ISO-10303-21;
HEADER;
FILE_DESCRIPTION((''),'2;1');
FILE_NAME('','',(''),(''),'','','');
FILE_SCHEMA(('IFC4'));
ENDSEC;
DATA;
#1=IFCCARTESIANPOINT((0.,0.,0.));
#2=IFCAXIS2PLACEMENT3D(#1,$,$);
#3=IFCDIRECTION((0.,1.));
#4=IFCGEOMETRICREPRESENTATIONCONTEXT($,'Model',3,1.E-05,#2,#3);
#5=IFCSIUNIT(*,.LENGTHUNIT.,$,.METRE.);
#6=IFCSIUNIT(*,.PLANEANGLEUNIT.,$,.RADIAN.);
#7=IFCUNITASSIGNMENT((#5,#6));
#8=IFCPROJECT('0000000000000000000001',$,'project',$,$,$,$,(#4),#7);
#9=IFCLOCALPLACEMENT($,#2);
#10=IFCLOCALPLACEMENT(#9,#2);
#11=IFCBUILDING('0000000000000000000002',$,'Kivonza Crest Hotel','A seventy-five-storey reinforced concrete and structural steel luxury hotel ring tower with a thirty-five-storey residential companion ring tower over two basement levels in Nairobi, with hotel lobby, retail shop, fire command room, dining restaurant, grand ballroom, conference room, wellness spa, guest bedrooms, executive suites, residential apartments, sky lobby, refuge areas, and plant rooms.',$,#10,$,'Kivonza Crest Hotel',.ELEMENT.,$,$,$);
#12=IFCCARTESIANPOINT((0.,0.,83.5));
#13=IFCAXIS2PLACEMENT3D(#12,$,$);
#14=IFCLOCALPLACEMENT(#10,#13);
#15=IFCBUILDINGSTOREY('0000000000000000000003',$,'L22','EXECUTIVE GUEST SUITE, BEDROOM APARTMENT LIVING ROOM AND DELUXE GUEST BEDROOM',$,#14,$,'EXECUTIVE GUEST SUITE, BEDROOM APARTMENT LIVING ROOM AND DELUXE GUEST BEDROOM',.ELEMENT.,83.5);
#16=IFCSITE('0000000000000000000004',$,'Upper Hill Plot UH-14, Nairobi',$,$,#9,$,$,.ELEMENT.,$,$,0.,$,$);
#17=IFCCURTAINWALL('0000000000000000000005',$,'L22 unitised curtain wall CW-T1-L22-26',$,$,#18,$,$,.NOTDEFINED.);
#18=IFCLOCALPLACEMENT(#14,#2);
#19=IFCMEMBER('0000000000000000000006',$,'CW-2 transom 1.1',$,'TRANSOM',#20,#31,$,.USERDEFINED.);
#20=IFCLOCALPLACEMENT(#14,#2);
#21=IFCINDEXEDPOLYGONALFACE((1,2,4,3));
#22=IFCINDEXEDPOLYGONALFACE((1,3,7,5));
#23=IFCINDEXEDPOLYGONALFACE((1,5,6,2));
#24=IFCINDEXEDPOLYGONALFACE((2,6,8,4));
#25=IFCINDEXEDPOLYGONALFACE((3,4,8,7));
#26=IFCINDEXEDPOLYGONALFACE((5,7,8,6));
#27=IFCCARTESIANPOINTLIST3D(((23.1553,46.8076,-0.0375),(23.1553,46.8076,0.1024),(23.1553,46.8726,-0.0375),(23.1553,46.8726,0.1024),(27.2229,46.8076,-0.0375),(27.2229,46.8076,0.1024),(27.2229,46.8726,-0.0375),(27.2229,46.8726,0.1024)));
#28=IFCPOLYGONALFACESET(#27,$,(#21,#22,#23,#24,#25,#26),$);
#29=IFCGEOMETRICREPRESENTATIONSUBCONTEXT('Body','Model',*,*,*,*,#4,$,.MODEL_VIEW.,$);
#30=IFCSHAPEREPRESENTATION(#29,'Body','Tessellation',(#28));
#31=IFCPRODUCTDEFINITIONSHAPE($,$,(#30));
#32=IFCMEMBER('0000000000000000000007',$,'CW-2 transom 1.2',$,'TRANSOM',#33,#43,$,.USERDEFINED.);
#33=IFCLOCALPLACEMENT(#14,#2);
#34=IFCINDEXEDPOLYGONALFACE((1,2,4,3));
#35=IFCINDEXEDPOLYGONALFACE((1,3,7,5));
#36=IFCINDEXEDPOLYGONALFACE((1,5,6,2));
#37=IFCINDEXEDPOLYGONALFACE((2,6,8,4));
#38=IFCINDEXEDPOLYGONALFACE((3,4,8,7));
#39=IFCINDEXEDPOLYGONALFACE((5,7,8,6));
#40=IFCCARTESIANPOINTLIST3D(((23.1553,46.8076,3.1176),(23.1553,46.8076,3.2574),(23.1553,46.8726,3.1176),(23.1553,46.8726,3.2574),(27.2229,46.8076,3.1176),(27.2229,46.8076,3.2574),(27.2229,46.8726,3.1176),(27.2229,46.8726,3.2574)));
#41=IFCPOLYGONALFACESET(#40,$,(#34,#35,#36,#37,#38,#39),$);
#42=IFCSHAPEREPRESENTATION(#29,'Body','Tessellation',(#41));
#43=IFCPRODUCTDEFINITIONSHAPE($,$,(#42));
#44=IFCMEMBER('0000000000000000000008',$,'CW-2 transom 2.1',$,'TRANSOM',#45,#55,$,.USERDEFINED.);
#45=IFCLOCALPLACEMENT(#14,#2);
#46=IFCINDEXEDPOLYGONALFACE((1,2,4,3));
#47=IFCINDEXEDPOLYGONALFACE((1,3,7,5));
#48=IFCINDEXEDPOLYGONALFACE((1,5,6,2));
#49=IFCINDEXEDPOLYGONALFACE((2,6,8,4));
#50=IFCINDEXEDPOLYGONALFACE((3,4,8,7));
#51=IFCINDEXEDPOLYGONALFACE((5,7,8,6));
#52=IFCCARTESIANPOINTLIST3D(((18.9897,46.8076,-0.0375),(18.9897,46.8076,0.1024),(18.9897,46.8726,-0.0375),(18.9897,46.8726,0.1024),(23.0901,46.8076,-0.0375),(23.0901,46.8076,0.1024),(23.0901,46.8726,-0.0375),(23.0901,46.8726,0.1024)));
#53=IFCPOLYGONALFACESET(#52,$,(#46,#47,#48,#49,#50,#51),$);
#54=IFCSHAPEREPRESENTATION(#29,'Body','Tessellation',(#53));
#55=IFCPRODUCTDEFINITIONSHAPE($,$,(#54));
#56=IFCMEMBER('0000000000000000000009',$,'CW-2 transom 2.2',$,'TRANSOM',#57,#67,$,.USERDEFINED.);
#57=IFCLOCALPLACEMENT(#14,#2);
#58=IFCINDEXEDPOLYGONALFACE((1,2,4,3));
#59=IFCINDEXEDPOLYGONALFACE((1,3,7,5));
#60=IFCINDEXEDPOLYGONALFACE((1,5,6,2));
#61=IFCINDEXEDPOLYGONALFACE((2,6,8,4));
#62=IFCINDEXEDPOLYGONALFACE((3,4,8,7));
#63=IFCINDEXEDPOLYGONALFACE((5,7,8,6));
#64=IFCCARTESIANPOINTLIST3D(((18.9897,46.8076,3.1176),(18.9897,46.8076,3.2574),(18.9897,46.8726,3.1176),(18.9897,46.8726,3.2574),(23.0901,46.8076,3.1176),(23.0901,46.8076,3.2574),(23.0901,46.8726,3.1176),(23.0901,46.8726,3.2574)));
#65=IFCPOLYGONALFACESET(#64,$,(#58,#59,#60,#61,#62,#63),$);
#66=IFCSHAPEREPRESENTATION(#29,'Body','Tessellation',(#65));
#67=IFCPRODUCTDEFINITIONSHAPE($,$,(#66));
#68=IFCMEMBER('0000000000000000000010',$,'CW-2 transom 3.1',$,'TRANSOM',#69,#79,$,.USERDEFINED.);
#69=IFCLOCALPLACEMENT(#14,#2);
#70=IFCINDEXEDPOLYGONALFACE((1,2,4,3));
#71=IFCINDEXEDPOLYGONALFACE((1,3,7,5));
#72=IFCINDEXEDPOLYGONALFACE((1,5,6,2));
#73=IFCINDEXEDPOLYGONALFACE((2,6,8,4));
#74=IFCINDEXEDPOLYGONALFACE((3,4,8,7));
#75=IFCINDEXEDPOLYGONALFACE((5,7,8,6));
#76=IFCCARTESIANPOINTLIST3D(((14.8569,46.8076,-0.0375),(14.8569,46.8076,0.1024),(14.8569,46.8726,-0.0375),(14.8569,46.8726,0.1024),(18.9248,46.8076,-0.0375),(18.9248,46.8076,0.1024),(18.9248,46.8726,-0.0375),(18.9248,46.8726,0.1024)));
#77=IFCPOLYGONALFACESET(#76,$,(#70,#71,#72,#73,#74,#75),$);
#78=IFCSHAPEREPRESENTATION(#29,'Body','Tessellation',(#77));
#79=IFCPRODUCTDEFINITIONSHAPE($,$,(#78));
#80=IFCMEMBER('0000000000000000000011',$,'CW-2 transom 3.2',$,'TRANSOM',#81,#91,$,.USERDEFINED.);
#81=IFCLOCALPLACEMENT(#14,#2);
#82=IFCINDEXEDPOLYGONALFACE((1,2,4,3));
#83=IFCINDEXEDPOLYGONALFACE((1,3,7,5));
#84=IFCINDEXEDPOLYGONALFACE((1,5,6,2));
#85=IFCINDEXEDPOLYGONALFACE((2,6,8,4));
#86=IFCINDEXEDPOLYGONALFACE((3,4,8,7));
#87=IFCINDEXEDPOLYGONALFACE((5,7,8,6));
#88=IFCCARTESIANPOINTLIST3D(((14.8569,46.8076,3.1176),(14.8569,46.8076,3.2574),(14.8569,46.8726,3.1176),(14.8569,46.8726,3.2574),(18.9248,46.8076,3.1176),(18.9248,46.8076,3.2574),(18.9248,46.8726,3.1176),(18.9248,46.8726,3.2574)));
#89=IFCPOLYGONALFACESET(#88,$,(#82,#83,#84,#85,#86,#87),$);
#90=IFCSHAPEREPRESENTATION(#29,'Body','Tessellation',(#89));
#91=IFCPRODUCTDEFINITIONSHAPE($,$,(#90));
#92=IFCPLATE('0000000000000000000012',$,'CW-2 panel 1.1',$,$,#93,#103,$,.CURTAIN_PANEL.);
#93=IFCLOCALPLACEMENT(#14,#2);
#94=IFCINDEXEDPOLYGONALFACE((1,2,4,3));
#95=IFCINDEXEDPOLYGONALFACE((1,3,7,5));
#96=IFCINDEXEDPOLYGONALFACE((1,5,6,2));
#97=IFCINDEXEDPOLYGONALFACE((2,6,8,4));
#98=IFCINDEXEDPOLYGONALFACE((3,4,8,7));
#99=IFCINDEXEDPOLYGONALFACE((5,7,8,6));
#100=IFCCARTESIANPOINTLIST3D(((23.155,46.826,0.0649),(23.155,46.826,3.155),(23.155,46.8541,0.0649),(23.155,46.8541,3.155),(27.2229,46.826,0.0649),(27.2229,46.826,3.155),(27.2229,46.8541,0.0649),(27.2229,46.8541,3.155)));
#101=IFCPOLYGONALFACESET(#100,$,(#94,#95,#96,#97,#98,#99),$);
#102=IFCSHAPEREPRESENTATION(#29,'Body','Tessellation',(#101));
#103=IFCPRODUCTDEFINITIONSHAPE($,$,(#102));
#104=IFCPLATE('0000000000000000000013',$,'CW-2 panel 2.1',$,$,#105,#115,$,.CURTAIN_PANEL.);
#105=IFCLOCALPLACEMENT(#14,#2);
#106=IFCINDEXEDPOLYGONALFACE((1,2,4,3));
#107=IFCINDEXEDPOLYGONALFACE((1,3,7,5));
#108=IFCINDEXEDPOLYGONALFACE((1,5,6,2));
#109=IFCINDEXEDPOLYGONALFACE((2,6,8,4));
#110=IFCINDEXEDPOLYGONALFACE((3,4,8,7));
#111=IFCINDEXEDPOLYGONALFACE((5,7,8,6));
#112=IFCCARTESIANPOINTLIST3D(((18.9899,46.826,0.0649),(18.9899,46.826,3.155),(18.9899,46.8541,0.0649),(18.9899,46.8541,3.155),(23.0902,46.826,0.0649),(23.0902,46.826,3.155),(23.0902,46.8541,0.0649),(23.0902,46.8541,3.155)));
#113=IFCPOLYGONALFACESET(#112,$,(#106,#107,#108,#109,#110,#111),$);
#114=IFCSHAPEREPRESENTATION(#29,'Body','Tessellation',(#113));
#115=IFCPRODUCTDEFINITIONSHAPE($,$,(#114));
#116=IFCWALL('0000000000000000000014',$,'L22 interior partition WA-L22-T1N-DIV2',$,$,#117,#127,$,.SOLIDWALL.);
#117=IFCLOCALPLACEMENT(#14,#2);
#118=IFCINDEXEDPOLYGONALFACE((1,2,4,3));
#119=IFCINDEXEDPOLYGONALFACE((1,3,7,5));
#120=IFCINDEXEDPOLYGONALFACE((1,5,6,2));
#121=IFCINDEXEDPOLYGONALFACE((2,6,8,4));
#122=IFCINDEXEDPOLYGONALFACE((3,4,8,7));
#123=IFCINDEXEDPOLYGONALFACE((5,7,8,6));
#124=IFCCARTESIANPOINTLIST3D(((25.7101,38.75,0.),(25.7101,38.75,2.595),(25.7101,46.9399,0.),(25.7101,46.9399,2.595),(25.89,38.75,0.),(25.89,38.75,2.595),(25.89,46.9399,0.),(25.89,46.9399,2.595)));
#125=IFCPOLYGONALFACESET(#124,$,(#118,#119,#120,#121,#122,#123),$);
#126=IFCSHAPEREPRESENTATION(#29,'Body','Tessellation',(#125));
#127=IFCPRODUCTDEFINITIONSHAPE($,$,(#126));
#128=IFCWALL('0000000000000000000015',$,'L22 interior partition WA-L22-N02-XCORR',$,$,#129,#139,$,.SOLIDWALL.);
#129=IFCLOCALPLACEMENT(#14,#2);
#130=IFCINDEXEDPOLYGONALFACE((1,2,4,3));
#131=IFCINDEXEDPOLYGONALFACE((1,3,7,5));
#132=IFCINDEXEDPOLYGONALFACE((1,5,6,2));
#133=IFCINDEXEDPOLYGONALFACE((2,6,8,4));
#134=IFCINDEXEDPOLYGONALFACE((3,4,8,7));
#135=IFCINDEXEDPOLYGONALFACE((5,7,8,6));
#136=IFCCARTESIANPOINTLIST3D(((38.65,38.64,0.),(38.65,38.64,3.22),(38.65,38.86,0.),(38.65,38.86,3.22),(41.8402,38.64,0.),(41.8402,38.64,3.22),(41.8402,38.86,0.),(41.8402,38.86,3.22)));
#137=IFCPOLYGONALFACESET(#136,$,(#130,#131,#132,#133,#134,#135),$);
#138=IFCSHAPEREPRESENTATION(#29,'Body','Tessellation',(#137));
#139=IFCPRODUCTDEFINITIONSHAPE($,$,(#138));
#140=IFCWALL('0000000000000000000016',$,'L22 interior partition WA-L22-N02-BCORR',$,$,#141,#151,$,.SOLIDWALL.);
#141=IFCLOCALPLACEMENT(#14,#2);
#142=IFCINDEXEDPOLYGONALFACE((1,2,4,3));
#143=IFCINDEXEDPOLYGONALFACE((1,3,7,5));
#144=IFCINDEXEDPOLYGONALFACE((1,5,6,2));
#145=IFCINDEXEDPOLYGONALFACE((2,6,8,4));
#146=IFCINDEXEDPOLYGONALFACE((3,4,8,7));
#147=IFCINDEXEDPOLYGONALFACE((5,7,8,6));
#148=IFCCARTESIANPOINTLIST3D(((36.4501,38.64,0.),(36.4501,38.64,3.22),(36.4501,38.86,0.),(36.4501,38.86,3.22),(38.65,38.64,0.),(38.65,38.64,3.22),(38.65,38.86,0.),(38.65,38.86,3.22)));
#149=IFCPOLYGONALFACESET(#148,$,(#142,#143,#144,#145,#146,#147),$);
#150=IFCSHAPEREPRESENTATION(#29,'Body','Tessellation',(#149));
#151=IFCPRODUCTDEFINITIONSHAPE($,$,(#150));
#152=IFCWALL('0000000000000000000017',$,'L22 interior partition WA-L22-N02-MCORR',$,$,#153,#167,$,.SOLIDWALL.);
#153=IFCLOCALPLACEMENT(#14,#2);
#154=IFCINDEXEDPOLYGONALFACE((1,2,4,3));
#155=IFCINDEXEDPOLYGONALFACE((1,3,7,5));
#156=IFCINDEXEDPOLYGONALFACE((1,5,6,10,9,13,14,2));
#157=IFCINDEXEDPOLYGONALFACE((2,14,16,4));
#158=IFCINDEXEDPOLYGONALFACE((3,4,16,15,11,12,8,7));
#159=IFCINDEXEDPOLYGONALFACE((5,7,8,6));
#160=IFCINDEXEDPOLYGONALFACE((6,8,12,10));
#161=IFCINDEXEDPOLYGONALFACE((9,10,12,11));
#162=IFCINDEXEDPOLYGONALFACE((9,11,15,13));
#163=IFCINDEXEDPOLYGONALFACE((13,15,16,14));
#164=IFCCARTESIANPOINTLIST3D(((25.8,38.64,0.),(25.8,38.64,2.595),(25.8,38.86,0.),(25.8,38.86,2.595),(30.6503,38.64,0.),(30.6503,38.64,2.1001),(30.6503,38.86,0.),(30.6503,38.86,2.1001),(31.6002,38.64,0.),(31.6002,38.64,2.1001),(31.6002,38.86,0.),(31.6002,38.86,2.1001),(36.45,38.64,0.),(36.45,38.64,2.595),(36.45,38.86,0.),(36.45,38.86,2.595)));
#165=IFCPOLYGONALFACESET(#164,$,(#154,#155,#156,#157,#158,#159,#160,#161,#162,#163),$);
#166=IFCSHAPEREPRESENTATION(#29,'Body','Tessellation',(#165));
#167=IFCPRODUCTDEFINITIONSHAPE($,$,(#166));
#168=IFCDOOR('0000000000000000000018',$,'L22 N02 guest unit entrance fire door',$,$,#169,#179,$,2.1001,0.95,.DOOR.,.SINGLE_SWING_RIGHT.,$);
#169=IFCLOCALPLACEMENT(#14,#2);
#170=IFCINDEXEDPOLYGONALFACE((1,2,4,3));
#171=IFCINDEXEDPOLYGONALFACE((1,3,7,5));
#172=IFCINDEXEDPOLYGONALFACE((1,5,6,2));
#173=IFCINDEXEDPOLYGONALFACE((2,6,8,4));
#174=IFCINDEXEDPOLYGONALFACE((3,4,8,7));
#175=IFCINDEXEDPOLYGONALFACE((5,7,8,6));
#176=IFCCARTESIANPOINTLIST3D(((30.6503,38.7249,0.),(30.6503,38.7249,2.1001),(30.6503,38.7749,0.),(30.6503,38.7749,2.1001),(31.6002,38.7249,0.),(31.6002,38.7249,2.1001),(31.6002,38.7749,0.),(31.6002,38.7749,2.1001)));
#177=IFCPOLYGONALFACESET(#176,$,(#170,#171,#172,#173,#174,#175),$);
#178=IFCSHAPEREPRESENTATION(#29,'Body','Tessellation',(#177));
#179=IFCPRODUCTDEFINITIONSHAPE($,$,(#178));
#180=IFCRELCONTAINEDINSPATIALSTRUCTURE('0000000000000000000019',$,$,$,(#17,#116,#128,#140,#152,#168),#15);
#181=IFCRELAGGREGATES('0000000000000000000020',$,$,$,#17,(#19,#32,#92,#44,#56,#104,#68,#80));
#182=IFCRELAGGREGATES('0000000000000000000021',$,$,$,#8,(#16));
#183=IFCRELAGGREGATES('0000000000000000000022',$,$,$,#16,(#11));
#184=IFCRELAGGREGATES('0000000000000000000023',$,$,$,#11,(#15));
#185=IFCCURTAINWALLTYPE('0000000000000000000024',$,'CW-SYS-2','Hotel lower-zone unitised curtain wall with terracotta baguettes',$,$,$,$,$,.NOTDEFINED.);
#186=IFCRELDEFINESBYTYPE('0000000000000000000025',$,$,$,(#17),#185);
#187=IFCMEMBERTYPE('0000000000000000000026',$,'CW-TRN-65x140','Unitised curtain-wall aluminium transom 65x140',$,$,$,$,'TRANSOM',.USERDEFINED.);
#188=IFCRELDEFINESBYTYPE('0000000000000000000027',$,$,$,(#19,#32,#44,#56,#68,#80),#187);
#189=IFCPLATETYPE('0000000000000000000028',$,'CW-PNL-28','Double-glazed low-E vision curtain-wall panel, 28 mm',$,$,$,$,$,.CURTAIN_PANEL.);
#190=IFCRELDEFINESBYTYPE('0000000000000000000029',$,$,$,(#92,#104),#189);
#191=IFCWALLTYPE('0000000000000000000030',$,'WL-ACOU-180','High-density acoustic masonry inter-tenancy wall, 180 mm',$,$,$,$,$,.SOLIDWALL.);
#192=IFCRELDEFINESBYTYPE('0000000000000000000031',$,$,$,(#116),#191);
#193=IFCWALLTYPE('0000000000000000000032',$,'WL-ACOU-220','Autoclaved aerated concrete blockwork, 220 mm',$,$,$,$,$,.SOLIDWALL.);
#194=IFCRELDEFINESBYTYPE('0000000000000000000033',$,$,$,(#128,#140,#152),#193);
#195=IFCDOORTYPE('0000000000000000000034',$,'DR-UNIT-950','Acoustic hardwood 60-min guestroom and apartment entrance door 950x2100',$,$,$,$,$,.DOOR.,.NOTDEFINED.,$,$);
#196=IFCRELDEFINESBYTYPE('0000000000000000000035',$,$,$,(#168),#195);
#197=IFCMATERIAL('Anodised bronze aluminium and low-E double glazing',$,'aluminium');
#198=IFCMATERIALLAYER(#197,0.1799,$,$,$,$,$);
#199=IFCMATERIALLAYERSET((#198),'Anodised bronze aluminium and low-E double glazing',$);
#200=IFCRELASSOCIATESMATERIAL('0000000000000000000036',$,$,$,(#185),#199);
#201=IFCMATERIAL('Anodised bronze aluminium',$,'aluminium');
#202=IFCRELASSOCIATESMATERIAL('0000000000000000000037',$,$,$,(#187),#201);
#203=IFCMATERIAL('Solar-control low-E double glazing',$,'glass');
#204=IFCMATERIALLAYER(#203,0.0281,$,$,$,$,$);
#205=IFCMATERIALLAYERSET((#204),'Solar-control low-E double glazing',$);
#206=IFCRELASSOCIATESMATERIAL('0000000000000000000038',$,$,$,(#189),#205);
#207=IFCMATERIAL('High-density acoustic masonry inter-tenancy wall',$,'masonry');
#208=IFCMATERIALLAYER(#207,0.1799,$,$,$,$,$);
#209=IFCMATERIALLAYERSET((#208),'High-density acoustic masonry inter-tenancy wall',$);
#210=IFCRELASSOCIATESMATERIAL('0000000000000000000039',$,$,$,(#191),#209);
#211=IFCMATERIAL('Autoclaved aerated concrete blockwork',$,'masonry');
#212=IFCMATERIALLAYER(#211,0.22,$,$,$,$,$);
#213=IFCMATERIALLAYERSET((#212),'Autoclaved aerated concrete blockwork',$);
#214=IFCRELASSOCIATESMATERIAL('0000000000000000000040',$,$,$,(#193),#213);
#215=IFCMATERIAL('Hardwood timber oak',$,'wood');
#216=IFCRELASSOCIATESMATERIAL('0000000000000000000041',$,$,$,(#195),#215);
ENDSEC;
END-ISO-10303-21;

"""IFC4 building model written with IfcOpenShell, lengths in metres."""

from ifc_helpers import new_model, si_unit, direction, frame, frame_2d, origin, origin_2d, place, context, subcontext, project, spatial, rectangle, extrude, material, layer, layer_set, material_profile, profile_set, type_object, element, fill, aggregate, save


model = new_model("IFC4")

# Units and contexts
model_context = context("Model", 3, precision=1e-05, world=origin(), true_north=direction((0.0, 1.0)))
body_context = subcontext(model_context, "Body", "Model", "MODEL_VIEW")
ifc_project = project(units=[si_unit("LENGTHUNIT", "METRE"), si_unit("PLANEANGLEUNIT", "RADIAN")], contexts=[model_context])

# Site, building, storey
site_placement = place(None, origin())
site = spatial("IfcSite", under=ifc_project, at=site_placement, Name="Upper Hill Plot UH-14, Nairobi", CompositionType="ELEMENT", RefElevation=0.0)
building_placement = place(site_placement, origin())
building = spatial("IfcBuilding", under=site, at=building_placement, Name="Kivonza Crest Hotel", Description="A seventy-five-storey reinforced concrete and structural steel luxury hotel ring tower with a thirty-five-storey residential companion ring tower over two basement levels in Nairobi, with hotel lobby, retail shop, fire command room, dining restaurant, grand ballroom, conference room, wellness spa, guest bedrooms, executive suites, residential apartments, sky lobby, refuge areas, and plant rooms.", LongName="Kivonza Crest Hotel", CompositionType="ELEMENT")
storey_placement = place(building_placement, frame((0.0, 0.0, 83.5)))
storey = spatial("IfcBuildingStorey", under=building, at=storey_placement, Name="L22", Description="EXECUTIVE GUEST SUITE, BEDROOM APARTMENT LIVING ROOM AND DELUXE GUEST BEDROOM", LongName="EXECUTIVE GUEST SUITE, BEDROOM APARTMENT LIVING ROOM AND DELUXE GUEST BEDROOM", CompositionType="ELEMENT", Elevation=83.5)

# Curtain wall, members, plates
ifc_material_1 = material(Name="Anodised bronze aluminium and low-E double glazing", Category="aluminium")
ifc_layer_1 = layer(ifc_material_1, 0.1799)
ifc_layer_set_1 = layer_set([ifc_layer_1], Name="Anodised bronze aluminium and low-E double glazing")
curtain_wall_type = type_object("IfcCurtainWallType", Name="CW-SYS-2", Description="Hotel lower-zone unitised curtain wall with terracotta baguettes", PredefinedType="NOTDEFINED", material=ifc_layer_set_1)
curtain_wall_placement = place(storey_placement, origin())
curtain_wall = element("IfcCurtainWall", 1, at=curtain_wall_placement, inside=storey, type_object=curtain_wall_type, Name="L22 unitised curtain wall CW-T1-L22-26", PredefinedType="NOTDEFINED")
ifc_material_2 = material(Name="Anodised bronze aluminium", Category="aluminium")
ifc_material_profile_1 = material_profile(ifc_material_2, rectangle(XDim=0.0649, YDim=0.1399, at=origin_2d()), Name="CW-T 65x140")
ifc_profile_set_1 = profile_set([ifc_material_profile_1], Name="Anodised bronze aluminium")
member_type_1 = type_object("IfcMemberType", Name="CW-TRN-65x140", Description="Unitised curtain-wall aluminium transom 65x140", ElementType="TRANSOM", PredefinedType="USERDEFINED", material=ifc_profile_set_1)
member_1_placement = place(storey_placement, frame((27.2229, 46.8401, 0.0325), z_axis=(-1.0, 0.0, 0.0), x_axis=(0.0, -1.0, 0.0)))
member_1 = element("IfcMember", 2, at=member_1_placement, type_object=member_type_1, Name="CW-2 transom 1.1", ObjectType="TRANSOM", PredefinedType="USERDEFINED", context=body_context, shape_type="SweptSolid", body=[
    extrude(rectangle(XDim=0.0649, YDim=0.1399, at=origin_2d()), origin(), (0.0, 0.0, 1.0), 4.0676),
])
member_2_placement = place(storey_placement, frame((27.2229, 46.8401, 3.1875), z_axis=(-1.0, 0.0, 0.0), x_axis=(0.0, -1.0, 0.0)))
member_2 = element("IfcMember", 3, at=member_2_placement, type_object=member_type_1, Name="CW-2 transom 1.2", ObjectType="TRANSOM", PredefinedType="USERDEFINED", context=body_context, shape_type="SweptSolid", body=[
    extrude(rectangle(XDim=0.0649, YDim=0.1399, at=origin_2d()), origin(), (0.0, 0.0, 1.0), 4.0676),
])
member_3_placement = place(storey_placement, frame((23.0901, 46.8401, 0.0325), z_axis=(-1.0, 0.0, 0.0), x_axis=(0.0, -1.0, 0.0)))
member_3 = element("IfcMember", 4, at=member_3_placement, type_object=member_type_1, Name="CW-2 transom 2.1", ObjectType="TRANSOM", PredefinedType="USERDEFINED", context=body_context, shape_type="SweptSolid", body=[
    extrude(rectangle(XDim=0.0649, YDim=0.1399, at=origin_2d()), origin(), (0.0, 0.0, 1.0), 4.1003),
])
member_4_placement = place(storey_placement, frame((23.0901, 46.8401, 3.1875), z_axis=(-1.0, 0.0, 0.0), x_axis=(0.0, -1.0, 0.0)))
member_4 = element("IfcMember", 5, at=member_4_placement, type_object=member_type_1, Name="CW-2 transom 2.2", ObjectType="TRANSOM", PredefinedType="USERDEFINED", context=body_context, shape_type="SweptSolid", body=[
    extrude(rectangle(XDim=0.0649, YDim=0.1399, at=origin_2d()), origin(), (0.0, 0.0, 1.0), 4.1003),
])
member_5_placement = place(storey_placement, frame((18.9248, 46.8401, 0.0325), z_axis=(-1.0, 0.0, 0.0), x_axis=(0.0, -1.0, 0.0)))
member_5 = element("IfcMember", 6, at=member_5_placement, type_object=member_type_1, Name="CW-2 transom 3.1", ObjectType="TRANSOM", PredefinedType="USERDEFINED", context=body_context, shape_type="SweptSolid", body=[
    extrude(rectangle(XDim=0.0649, YDim=0.1399, at=origin_2d()), origin(), (0.0, 0.0, 1.0), 4.0679),
])
member_6_placement = place(storey_placement, frame((18.9248, 46.8401, 3.1875), z_axis=(-1.0, 0.0, 0.0), x_axis=(0.0, -1.0, 0.0)))
member_6 = element("IfcMember", 7, at=member_6_placement, type_object=member_type_1, Name="CW-2 transom 3.2", ObjectType="TRANSOM", PredefinedType="USERDEFINED", context=body_context, shape_type="SweptSolid", body=[
    extrude(rectangle(XDim=0.0649, YDim=0.1399, at=origin_2d()), origin(), (0.0, 0.0, 1.0), 4.0679),
])
ifc_material_3 = material(Name="Solar-control low-E double glazing", Category="glass")
ifc_layer_2 = layer(ifc_material_3, 0.0281)
ifc_layer_set_2 = layer_set([ifc_layer_2], Name="Solar-control low-E double glazing")
plate_type = type_object("IfcPlateType", Name="CW-PNL-28", Description="Double-glazed low-E vision curtain-wall panel, 28 mm", PredefinedType="CURTAIN_PANEL", material=ifc_layer_set_2)
plate_1_placement = place(storey_placement, frame((25.189, 46.8401, 0.0649), z_axis=(0.0, 0.0, 1.0), x_axis=(-1.0, 0.0, 0.0)))
plate_1 = element("IfcPlate", 8, at=plate_1_placement, type_object=plate_type, Name="CW-2 panel 1.1", PredefinedType="CURTAIN_PANEL", context=body_context, shape_type="SweptSolid", body=[
    extrude(rectangle(XDim=4.0679, YDim=0.0281, at=origin_2d()), origin(), (0.0, 0.0, 1.0), 3.0901),
])
plate_2_placement = place(storey_placement, frame((21.04, 46.8401, 0.0649), z_axis=(0.0, 0.0, 1.0), x_axis=(-1.0, 0.0, 0.0)))
plate_2 = element("IfcPlate", 9, at=plate_2_placement, type_object=plate_type, Name="CW-2 panel 2.1", PredefinedType="CURTAIN_PANEL", context=body_context, shape_type="SweptSolid", body=[
    extrude(rectangle(XDim=4.1003, YDim=0.0281, at=origin_2d()), origin(), (0.0, 0.0, 1.0), 3.0901),
])
aggregate(curtain_wall, [member_1, member_2, plate_1, member_3, member_4, plate_2, member_5, member_6])

# Walls
ifc_material_4 = material(Name="High-density acoustic masonry inter-tenancy wall", Category="masonry")
ifc_layer_3 = layer(ifc_material_4, 0.1799)
ifc_layer_set_3 = layer_set([ifc_layer_3], Name="High-density acoustic masonry inter-tenancy wall")
wall_type_1 = type_object("IfcWallType", Name="WL-ACOU-180", Description="High-density acoustic masonry inter-tenancy wall, 180 mm", PredefinedType="SOLIDWALL", material=ifc_layer_set_3)
wall_1_placement = place(storey_placement, frame((25.8, 38.75, 0.0), z_axis=(0.0, 0.0, 1.0), x_axis=(0.0, 1.0, 0.0)))
element("IfcWall", 10, at=wall_1_placement, inside=storey, type_object=wall_type_1, Name="L22 interior partition WA-L22-T1N-DIV2", PredefinedType="SOLIDWALL", context=body_context, shape_type="SweptSolid", body=[
    extrude(rectangle(XDim=8.1899, YDim=0.1799, at=frame_2d((4.095, 0.0))), origin(), (0.0, 0.0, 1.0), 2.595),
])
ifc_material_5 = material(Name="Autoclaved aerated concrete blockwork", Category="masonry")
ifc_layer_4 = layer(ifc_material_5, 0.22)
ifc_layer_set_4 = layer_set([ifc_layer_4], Name="Autoclaved aerated concrete blockwork")
wall_type_2 = type_object("IfcWallType", Name="WL-ACOU-220", Description="Autoclaved aerated concrete blockwork, 220 mm", PredefinedType="SOLIDWALL", material=ifc_layer_set_4)
wall_2_placement = place(storey_placement, frame((38.6499, 38.75, 0.0), z_axis=(0.0, 0.0, 1.0), x_axis=(1.0, 0.0, 0.0)))
element("IfcWall", 11, at=wall_2_placement, inside=storey, type_object=wall_type_2, Name="L22 interior partition WA-L22-N02-XCORR", PredefinedType="SOLIDWALL", context=body_context, shape_type="SweptSolid", body=[
    extrude(rectangle(XDim=3.1902, YDim=0.22, at=frame_2d((1.5952, 0.0))), origin(), (0.0, 0.0, 1.0), 3.22),
])
wall_3_placement = place(storey_placement, frame((36.45, 38.75, 0.0), z_axis=(0.0, 0.0, 1.0), x_axis=(1.0, 0.0, 0.0)))
element("IfcWall", 12, at=wall_3_placement, inside=storey, type_object=wall_type_2, Name="L22 interior partition WA-L22-N02-BCORR", PredefinedType="SOLIDWALL", context=body_context, shape_type="SweptSolid", body=[
    extrude(rectangle(XDim=2.2, YDim=0.22, at=frame_2d((1.1001, 0.0))), origin(), (0.0, 0.0, 1.0), 3.22),
])

# Wall, opening, door
wall_4_placement = place(storey_placement, frame((25.8, 38.75, 0.0), z_axis=(0.0, 0.0, 1.0), x_axis=(1.0, 0.0, 0.0)))
wall_4 = element("IfcWall", 13, at=wall_4_placement, inside=storey, type_object=wall_type_2, Name="L22 interior partition WA-L22-N02-MCORR", PredefinedType="SOLIDWALL", context=body_context, shape_type="SweptSolid", body=[
    extrude(rectangle(XDim=10.6499, YDim=0.22, at=frame_2d((5.325, 0.0))), origin(), (0.0, 0.0, 1.0), 2.595),
])
opening_1_placement = place(wall_4_placement, frame((4.8501, 0.0, 0.0)))
opening_1 = element("IfcOpeningElement", 14, at=opening_1_placement, cuts=wall_4, PredefinedType="OPENING", context=body_context, shape_type="SweptSolid", body=[
    extrude(rectangle(XDim=0.95, YDim=2.1001, at=frame_2d((0.4751, 1.05))), frame((0.0, 0.1201, 0.0), z_axis=(0.0, -1.0, 0.0), x_axis=(1.0, 0.0, 0.0)), (0.0, 0.0, 1.0), 0.24),
])
ifc_material_6 = material(Name="Hardwood timber oak", Category="wood")
door_type_1 = type_object("IfcDoorType", Name="DR-UNIT-950", Description="Acoustic hardwood 60-min guestroom and apartment entrance door 950x2100", OperationType="NOTDEFINED", PredefinedType="DOOR", material=ifc_material_6)
door_1_placement = place(opening_1_placement, origin())
door_1 = element("IfcDoor", 15, at=door_1_placement, inside=storey, type_object=door_type_1, Name="L22 N02 guest unit entrance fire door", OperationType="SINGLE_SWING_RIGHT", OverallHeight=2.1001, OverallWidth=0.95, PredefinedType="DOOR", context=body_context, shape_type="SweptSolid", body=[
    extrude(rectangle(XDim=0.95, YDim=2.1001, at=frame_2d((0.4751, 1.05))), frame((0.0, 0.0249, 0.0), z_axis=(0.0, -1.0, 0.0), x_axis=(1.0, 0.0, 0.0)), (0.0, 0.0, 1.0), 0.05),
])
fill(opening_1, door_1)

save(model, "model.ifc")
